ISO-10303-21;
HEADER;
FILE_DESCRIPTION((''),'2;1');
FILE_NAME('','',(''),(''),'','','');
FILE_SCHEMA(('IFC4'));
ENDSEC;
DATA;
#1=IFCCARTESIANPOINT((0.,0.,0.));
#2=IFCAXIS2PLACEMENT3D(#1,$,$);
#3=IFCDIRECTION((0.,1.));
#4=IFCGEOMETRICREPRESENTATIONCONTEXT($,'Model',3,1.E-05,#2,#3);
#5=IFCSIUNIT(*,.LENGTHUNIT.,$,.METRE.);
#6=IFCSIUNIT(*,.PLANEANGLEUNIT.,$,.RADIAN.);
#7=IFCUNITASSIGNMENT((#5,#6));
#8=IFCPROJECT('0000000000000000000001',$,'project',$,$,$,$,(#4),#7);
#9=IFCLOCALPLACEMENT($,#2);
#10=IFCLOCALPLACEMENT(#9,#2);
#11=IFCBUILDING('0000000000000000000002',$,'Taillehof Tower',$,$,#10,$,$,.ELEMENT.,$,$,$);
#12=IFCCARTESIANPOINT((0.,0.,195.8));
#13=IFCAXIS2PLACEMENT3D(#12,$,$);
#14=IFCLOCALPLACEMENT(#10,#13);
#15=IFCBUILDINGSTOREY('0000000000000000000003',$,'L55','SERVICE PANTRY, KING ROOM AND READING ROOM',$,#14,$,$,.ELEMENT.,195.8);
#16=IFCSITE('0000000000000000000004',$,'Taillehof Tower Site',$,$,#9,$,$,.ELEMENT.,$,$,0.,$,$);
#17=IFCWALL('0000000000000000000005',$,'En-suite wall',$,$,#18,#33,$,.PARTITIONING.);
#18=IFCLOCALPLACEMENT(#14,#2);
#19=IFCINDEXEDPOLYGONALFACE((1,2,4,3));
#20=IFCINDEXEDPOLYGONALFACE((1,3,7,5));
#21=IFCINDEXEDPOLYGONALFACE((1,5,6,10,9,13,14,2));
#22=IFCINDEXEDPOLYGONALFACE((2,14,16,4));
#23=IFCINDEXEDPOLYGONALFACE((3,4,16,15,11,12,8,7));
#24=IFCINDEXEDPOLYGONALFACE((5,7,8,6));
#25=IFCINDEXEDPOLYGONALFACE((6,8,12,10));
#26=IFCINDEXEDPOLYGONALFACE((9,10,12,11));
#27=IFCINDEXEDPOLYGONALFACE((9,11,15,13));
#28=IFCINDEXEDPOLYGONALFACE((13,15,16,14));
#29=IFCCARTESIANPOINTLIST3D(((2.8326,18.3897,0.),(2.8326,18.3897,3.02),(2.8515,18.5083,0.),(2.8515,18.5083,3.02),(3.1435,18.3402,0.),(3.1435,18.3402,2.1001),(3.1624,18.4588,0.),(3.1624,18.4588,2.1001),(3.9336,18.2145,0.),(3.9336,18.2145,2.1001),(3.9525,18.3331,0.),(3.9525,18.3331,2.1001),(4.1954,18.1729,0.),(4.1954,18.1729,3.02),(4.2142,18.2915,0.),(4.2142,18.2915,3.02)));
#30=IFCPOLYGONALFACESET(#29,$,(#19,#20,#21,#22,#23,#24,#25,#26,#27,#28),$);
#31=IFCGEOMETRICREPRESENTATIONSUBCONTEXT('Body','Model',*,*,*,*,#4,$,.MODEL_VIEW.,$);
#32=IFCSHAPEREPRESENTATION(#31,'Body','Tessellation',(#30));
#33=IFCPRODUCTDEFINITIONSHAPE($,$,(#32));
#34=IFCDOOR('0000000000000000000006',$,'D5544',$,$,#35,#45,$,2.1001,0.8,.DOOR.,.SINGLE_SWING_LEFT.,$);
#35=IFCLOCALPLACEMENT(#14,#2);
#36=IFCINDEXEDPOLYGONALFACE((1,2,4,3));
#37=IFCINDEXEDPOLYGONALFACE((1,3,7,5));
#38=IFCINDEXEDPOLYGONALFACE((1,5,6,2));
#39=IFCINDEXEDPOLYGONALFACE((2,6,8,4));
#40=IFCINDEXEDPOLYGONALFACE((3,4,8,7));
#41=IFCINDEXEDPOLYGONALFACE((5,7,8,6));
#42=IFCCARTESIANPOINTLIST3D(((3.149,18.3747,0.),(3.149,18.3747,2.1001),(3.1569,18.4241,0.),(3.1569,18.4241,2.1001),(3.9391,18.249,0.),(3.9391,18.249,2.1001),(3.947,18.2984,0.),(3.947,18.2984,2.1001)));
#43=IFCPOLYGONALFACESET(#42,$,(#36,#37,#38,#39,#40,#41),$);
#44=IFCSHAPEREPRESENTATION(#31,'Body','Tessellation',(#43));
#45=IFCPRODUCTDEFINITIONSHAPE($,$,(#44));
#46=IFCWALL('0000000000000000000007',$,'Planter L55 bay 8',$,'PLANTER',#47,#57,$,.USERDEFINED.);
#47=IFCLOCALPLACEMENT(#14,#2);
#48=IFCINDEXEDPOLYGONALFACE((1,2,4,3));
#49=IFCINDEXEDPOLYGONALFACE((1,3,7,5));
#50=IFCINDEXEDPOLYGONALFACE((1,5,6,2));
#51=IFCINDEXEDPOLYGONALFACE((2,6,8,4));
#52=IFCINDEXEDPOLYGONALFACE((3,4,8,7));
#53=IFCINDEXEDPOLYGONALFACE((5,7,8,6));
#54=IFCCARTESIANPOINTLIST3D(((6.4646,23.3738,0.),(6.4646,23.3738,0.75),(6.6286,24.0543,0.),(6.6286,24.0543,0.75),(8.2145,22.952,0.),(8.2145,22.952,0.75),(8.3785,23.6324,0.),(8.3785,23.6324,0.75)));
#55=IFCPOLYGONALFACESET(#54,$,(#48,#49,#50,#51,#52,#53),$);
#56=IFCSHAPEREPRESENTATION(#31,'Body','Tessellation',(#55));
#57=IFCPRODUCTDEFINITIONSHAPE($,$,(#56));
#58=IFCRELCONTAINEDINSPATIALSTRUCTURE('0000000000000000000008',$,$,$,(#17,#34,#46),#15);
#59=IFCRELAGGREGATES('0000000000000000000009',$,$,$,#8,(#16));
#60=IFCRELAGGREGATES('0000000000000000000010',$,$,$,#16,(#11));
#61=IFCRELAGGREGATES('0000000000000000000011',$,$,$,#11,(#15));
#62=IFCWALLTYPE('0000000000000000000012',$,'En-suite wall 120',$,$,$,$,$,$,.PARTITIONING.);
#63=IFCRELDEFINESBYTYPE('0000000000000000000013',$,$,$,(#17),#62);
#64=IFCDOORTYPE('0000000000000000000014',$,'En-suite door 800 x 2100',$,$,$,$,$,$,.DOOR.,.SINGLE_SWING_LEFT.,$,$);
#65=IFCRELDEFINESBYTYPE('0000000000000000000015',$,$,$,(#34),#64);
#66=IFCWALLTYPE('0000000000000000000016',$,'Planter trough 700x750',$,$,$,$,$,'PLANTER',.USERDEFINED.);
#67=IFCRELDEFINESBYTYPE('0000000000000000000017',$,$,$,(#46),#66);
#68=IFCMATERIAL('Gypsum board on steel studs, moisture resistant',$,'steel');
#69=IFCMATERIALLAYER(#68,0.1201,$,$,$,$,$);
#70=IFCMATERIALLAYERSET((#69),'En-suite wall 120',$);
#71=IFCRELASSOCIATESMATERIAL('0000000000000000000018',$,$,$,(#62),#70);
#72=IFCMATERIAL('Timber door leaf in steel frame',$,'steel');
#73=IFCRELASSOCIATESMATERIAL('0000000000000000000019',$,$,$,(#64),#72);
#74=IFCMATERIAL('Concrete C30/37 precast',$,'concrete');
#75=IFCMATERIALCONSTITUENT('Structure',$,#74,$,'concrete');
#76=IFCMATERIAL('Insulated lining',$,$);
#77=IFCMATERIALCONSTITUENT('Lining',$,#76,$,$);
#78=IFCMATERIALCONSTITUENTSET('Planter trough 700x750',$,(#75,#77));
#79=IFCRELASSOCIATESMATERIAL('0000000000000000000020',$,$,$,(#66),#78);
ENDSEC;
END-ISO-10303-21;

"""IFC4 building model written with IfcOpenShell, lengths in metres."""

from ifc_helpers import new_model, si_unit, direction, frame, frame_2d, origin, place, context, subcontext, project, spatial, rectangle, extrude, material, layer, layer_set, constituent, constituent_set, type_object, element, fill, save


model = new_model("IFC4")

# Units and contexts
model_context = context("Model", 3, precision=1e-05, world=origin(), true_north=direction((0.0, 1.0)))
body_context = subcontext(model_context, "Body", "Model", "MODEL_VIEW")
ifc_project = project(units=[si_unit("LENGTHUNIT", "METRE"), si_unit("PLANEANGLEUNIT", "RADIAN")], contexts=[model_context])

# Site, building, storey
site_placement = place(None, origin())
site = spatial("IfcSite", under=ifc_project, at=site_placement, Name="Taillehof Tower Site", CompositionType="ELEMENT", RefElevation=0.0)
building_placement = place(site_placement, origin())
building = spatial("IfcBuilding", under=site, at=building_placement, Name="Taillehof Tower", CompositionType="ELEMENT")
storey_placement = place(building_placement, frame((0.0, 0.0, 195.8)))
storey = spatial("IfcBuildingStorey", under=building, at=storey_placement, Name="L55", Description="SERVICE PANTRY, KING ROOM AND READING ROOM", CompositionType="ELEMENT", Elevation=195.8)

# Shared definitions
ifc_material_1 = material(Name="Gypsum board on steel studs, moisture resistant", Category="steel")
ifc_layer_1 = layer(ifc_material_1, 0.1201)
ifc_layer_set_1 = layer_set([ifc_layer_1], Name="En-suite wall 120")
wall_type_1 = type_object("IfcWallType", Name="En-suite wall 120", PredefinedType="PARTITIONING", material=ifc_layer_set_1)

# Wall, opening, door
wall_1_placement = place(storey_placement, frame((2.842, 18.449, 0.0), z_axis=(0.0, 0.0, 1.0), x_axis=(0.987582, -0.157107, 0.0)))
wall_1 = element("IfcWall", 1, at=wall_1_placement, inside=storey, type_object=wall_type_1, Name="En-suite wall", PredefinedType="PARTITIONING", context=body_context, shape_type="SweptSolid", body=[
    extrude(rectangle(XDim=1.3799, YDim=0.1201, at=frame_2d((0.6899, 0.0))), origin(), (0.0, 0.0, 1.0), 3.02),
])
opening_1_placement = place(wall_1_placement, frame((0.3149, 0.0, 0.0)))
opening_1 = element("IfcOpeningElement", 2, at=opening_1_placement, cuts=wall_1, PredefinedType="OPENING", context=body_context, shape_type="SweptSolid", body=[
    extrude(rectangle(XDim=0.8, YDim=2.1001, at=frame_2d((0.3999, 1.05))), frame((0.0, 0.0701, 0.0), z_axis=(0.0, -1.0, 0.0), x_axis=(1.0, 0.0, 0.0)), (0.0, 0.0, 1.0), 0.1401),
])
ifc_material_2 = material(Name="Timber door leaf in steel frame", Category="steel")
door_type_1 = type_object("IfcDoorType", Name="En-suite door 800 x 2100", OperationType="SINGLE_SWING_LEFT", PredefinedType="DOOR", material=ifc_material_2)
door_1_placement = place(opening_1_placement, origin())
door_1 = element("IfcDoor", 3, at=door_1_placement, inside=storey, type_object=door_type_1, Name="D5544", OperationType="SINGLE_SWING_LEFT", OverallHeight=2.1001, OverallWidth=0.8, PredefinedType="DOOR", context=body_context, shape_type="SweptSolid", body=[
    extrude(rectangle(XDim=0.8, YDim=2.1001, at=frame_2d((0.3999, 1.05))), frame((0.0, 0.0249, 0.0), z_axis=(0.0, -1.0, 0.0), x_axis=(1.0, 0.0, 0.0)), (0.0, 0.0, 1.0), 0.05),
])
fill(opening_1, door_1)

# Wall
ifc_material_3 = material(Name="Concrete C30/37 precast", Category="concrete")
ifc_constituent_1 = constituent(ifc_material_3, Name="Structure", Category="concrete")
ifc_material_4 = material(Name="Insulated lining")
ifc_constituent_2 = constituent(ifc_material_4, Name="Lining")
ifc_constituent_set = constituent_set(constituents=[ifc_constituent_1, ifc_constituent_2], Name="Planter trough 700x750")
wall_type_2 = type_object("IfcWallType", Name="Planter trough 700x750", ElementType="PLANTER", PredefinedType="USERDEFINED", material=ifc_constituent_set)
wall_2_placement = place(storey_placement, frame((8.2964, 23.2922, 0.0), z_axis=(0.0, 0.0, 1.0), x_axis=(-0.97215, 0.234358, 0.0)))
element("IfcWall", 4, at=wall_2_placement, inside=storey, type_object=wall_type_2, Name="Planter L55 bay 8", ObjectType="PLANTER", PredefinedType="USERDEFINED", context=body_context, shape_type="SweptSolid", body=[
    extrude(rectangle(XDim=1.8, YDim=0.7, at=frame_2d((0.8999, 0.0))), origin(), (0.0, 0.0, 1.0), 0.75),
])

save(model, "model.ifc")
